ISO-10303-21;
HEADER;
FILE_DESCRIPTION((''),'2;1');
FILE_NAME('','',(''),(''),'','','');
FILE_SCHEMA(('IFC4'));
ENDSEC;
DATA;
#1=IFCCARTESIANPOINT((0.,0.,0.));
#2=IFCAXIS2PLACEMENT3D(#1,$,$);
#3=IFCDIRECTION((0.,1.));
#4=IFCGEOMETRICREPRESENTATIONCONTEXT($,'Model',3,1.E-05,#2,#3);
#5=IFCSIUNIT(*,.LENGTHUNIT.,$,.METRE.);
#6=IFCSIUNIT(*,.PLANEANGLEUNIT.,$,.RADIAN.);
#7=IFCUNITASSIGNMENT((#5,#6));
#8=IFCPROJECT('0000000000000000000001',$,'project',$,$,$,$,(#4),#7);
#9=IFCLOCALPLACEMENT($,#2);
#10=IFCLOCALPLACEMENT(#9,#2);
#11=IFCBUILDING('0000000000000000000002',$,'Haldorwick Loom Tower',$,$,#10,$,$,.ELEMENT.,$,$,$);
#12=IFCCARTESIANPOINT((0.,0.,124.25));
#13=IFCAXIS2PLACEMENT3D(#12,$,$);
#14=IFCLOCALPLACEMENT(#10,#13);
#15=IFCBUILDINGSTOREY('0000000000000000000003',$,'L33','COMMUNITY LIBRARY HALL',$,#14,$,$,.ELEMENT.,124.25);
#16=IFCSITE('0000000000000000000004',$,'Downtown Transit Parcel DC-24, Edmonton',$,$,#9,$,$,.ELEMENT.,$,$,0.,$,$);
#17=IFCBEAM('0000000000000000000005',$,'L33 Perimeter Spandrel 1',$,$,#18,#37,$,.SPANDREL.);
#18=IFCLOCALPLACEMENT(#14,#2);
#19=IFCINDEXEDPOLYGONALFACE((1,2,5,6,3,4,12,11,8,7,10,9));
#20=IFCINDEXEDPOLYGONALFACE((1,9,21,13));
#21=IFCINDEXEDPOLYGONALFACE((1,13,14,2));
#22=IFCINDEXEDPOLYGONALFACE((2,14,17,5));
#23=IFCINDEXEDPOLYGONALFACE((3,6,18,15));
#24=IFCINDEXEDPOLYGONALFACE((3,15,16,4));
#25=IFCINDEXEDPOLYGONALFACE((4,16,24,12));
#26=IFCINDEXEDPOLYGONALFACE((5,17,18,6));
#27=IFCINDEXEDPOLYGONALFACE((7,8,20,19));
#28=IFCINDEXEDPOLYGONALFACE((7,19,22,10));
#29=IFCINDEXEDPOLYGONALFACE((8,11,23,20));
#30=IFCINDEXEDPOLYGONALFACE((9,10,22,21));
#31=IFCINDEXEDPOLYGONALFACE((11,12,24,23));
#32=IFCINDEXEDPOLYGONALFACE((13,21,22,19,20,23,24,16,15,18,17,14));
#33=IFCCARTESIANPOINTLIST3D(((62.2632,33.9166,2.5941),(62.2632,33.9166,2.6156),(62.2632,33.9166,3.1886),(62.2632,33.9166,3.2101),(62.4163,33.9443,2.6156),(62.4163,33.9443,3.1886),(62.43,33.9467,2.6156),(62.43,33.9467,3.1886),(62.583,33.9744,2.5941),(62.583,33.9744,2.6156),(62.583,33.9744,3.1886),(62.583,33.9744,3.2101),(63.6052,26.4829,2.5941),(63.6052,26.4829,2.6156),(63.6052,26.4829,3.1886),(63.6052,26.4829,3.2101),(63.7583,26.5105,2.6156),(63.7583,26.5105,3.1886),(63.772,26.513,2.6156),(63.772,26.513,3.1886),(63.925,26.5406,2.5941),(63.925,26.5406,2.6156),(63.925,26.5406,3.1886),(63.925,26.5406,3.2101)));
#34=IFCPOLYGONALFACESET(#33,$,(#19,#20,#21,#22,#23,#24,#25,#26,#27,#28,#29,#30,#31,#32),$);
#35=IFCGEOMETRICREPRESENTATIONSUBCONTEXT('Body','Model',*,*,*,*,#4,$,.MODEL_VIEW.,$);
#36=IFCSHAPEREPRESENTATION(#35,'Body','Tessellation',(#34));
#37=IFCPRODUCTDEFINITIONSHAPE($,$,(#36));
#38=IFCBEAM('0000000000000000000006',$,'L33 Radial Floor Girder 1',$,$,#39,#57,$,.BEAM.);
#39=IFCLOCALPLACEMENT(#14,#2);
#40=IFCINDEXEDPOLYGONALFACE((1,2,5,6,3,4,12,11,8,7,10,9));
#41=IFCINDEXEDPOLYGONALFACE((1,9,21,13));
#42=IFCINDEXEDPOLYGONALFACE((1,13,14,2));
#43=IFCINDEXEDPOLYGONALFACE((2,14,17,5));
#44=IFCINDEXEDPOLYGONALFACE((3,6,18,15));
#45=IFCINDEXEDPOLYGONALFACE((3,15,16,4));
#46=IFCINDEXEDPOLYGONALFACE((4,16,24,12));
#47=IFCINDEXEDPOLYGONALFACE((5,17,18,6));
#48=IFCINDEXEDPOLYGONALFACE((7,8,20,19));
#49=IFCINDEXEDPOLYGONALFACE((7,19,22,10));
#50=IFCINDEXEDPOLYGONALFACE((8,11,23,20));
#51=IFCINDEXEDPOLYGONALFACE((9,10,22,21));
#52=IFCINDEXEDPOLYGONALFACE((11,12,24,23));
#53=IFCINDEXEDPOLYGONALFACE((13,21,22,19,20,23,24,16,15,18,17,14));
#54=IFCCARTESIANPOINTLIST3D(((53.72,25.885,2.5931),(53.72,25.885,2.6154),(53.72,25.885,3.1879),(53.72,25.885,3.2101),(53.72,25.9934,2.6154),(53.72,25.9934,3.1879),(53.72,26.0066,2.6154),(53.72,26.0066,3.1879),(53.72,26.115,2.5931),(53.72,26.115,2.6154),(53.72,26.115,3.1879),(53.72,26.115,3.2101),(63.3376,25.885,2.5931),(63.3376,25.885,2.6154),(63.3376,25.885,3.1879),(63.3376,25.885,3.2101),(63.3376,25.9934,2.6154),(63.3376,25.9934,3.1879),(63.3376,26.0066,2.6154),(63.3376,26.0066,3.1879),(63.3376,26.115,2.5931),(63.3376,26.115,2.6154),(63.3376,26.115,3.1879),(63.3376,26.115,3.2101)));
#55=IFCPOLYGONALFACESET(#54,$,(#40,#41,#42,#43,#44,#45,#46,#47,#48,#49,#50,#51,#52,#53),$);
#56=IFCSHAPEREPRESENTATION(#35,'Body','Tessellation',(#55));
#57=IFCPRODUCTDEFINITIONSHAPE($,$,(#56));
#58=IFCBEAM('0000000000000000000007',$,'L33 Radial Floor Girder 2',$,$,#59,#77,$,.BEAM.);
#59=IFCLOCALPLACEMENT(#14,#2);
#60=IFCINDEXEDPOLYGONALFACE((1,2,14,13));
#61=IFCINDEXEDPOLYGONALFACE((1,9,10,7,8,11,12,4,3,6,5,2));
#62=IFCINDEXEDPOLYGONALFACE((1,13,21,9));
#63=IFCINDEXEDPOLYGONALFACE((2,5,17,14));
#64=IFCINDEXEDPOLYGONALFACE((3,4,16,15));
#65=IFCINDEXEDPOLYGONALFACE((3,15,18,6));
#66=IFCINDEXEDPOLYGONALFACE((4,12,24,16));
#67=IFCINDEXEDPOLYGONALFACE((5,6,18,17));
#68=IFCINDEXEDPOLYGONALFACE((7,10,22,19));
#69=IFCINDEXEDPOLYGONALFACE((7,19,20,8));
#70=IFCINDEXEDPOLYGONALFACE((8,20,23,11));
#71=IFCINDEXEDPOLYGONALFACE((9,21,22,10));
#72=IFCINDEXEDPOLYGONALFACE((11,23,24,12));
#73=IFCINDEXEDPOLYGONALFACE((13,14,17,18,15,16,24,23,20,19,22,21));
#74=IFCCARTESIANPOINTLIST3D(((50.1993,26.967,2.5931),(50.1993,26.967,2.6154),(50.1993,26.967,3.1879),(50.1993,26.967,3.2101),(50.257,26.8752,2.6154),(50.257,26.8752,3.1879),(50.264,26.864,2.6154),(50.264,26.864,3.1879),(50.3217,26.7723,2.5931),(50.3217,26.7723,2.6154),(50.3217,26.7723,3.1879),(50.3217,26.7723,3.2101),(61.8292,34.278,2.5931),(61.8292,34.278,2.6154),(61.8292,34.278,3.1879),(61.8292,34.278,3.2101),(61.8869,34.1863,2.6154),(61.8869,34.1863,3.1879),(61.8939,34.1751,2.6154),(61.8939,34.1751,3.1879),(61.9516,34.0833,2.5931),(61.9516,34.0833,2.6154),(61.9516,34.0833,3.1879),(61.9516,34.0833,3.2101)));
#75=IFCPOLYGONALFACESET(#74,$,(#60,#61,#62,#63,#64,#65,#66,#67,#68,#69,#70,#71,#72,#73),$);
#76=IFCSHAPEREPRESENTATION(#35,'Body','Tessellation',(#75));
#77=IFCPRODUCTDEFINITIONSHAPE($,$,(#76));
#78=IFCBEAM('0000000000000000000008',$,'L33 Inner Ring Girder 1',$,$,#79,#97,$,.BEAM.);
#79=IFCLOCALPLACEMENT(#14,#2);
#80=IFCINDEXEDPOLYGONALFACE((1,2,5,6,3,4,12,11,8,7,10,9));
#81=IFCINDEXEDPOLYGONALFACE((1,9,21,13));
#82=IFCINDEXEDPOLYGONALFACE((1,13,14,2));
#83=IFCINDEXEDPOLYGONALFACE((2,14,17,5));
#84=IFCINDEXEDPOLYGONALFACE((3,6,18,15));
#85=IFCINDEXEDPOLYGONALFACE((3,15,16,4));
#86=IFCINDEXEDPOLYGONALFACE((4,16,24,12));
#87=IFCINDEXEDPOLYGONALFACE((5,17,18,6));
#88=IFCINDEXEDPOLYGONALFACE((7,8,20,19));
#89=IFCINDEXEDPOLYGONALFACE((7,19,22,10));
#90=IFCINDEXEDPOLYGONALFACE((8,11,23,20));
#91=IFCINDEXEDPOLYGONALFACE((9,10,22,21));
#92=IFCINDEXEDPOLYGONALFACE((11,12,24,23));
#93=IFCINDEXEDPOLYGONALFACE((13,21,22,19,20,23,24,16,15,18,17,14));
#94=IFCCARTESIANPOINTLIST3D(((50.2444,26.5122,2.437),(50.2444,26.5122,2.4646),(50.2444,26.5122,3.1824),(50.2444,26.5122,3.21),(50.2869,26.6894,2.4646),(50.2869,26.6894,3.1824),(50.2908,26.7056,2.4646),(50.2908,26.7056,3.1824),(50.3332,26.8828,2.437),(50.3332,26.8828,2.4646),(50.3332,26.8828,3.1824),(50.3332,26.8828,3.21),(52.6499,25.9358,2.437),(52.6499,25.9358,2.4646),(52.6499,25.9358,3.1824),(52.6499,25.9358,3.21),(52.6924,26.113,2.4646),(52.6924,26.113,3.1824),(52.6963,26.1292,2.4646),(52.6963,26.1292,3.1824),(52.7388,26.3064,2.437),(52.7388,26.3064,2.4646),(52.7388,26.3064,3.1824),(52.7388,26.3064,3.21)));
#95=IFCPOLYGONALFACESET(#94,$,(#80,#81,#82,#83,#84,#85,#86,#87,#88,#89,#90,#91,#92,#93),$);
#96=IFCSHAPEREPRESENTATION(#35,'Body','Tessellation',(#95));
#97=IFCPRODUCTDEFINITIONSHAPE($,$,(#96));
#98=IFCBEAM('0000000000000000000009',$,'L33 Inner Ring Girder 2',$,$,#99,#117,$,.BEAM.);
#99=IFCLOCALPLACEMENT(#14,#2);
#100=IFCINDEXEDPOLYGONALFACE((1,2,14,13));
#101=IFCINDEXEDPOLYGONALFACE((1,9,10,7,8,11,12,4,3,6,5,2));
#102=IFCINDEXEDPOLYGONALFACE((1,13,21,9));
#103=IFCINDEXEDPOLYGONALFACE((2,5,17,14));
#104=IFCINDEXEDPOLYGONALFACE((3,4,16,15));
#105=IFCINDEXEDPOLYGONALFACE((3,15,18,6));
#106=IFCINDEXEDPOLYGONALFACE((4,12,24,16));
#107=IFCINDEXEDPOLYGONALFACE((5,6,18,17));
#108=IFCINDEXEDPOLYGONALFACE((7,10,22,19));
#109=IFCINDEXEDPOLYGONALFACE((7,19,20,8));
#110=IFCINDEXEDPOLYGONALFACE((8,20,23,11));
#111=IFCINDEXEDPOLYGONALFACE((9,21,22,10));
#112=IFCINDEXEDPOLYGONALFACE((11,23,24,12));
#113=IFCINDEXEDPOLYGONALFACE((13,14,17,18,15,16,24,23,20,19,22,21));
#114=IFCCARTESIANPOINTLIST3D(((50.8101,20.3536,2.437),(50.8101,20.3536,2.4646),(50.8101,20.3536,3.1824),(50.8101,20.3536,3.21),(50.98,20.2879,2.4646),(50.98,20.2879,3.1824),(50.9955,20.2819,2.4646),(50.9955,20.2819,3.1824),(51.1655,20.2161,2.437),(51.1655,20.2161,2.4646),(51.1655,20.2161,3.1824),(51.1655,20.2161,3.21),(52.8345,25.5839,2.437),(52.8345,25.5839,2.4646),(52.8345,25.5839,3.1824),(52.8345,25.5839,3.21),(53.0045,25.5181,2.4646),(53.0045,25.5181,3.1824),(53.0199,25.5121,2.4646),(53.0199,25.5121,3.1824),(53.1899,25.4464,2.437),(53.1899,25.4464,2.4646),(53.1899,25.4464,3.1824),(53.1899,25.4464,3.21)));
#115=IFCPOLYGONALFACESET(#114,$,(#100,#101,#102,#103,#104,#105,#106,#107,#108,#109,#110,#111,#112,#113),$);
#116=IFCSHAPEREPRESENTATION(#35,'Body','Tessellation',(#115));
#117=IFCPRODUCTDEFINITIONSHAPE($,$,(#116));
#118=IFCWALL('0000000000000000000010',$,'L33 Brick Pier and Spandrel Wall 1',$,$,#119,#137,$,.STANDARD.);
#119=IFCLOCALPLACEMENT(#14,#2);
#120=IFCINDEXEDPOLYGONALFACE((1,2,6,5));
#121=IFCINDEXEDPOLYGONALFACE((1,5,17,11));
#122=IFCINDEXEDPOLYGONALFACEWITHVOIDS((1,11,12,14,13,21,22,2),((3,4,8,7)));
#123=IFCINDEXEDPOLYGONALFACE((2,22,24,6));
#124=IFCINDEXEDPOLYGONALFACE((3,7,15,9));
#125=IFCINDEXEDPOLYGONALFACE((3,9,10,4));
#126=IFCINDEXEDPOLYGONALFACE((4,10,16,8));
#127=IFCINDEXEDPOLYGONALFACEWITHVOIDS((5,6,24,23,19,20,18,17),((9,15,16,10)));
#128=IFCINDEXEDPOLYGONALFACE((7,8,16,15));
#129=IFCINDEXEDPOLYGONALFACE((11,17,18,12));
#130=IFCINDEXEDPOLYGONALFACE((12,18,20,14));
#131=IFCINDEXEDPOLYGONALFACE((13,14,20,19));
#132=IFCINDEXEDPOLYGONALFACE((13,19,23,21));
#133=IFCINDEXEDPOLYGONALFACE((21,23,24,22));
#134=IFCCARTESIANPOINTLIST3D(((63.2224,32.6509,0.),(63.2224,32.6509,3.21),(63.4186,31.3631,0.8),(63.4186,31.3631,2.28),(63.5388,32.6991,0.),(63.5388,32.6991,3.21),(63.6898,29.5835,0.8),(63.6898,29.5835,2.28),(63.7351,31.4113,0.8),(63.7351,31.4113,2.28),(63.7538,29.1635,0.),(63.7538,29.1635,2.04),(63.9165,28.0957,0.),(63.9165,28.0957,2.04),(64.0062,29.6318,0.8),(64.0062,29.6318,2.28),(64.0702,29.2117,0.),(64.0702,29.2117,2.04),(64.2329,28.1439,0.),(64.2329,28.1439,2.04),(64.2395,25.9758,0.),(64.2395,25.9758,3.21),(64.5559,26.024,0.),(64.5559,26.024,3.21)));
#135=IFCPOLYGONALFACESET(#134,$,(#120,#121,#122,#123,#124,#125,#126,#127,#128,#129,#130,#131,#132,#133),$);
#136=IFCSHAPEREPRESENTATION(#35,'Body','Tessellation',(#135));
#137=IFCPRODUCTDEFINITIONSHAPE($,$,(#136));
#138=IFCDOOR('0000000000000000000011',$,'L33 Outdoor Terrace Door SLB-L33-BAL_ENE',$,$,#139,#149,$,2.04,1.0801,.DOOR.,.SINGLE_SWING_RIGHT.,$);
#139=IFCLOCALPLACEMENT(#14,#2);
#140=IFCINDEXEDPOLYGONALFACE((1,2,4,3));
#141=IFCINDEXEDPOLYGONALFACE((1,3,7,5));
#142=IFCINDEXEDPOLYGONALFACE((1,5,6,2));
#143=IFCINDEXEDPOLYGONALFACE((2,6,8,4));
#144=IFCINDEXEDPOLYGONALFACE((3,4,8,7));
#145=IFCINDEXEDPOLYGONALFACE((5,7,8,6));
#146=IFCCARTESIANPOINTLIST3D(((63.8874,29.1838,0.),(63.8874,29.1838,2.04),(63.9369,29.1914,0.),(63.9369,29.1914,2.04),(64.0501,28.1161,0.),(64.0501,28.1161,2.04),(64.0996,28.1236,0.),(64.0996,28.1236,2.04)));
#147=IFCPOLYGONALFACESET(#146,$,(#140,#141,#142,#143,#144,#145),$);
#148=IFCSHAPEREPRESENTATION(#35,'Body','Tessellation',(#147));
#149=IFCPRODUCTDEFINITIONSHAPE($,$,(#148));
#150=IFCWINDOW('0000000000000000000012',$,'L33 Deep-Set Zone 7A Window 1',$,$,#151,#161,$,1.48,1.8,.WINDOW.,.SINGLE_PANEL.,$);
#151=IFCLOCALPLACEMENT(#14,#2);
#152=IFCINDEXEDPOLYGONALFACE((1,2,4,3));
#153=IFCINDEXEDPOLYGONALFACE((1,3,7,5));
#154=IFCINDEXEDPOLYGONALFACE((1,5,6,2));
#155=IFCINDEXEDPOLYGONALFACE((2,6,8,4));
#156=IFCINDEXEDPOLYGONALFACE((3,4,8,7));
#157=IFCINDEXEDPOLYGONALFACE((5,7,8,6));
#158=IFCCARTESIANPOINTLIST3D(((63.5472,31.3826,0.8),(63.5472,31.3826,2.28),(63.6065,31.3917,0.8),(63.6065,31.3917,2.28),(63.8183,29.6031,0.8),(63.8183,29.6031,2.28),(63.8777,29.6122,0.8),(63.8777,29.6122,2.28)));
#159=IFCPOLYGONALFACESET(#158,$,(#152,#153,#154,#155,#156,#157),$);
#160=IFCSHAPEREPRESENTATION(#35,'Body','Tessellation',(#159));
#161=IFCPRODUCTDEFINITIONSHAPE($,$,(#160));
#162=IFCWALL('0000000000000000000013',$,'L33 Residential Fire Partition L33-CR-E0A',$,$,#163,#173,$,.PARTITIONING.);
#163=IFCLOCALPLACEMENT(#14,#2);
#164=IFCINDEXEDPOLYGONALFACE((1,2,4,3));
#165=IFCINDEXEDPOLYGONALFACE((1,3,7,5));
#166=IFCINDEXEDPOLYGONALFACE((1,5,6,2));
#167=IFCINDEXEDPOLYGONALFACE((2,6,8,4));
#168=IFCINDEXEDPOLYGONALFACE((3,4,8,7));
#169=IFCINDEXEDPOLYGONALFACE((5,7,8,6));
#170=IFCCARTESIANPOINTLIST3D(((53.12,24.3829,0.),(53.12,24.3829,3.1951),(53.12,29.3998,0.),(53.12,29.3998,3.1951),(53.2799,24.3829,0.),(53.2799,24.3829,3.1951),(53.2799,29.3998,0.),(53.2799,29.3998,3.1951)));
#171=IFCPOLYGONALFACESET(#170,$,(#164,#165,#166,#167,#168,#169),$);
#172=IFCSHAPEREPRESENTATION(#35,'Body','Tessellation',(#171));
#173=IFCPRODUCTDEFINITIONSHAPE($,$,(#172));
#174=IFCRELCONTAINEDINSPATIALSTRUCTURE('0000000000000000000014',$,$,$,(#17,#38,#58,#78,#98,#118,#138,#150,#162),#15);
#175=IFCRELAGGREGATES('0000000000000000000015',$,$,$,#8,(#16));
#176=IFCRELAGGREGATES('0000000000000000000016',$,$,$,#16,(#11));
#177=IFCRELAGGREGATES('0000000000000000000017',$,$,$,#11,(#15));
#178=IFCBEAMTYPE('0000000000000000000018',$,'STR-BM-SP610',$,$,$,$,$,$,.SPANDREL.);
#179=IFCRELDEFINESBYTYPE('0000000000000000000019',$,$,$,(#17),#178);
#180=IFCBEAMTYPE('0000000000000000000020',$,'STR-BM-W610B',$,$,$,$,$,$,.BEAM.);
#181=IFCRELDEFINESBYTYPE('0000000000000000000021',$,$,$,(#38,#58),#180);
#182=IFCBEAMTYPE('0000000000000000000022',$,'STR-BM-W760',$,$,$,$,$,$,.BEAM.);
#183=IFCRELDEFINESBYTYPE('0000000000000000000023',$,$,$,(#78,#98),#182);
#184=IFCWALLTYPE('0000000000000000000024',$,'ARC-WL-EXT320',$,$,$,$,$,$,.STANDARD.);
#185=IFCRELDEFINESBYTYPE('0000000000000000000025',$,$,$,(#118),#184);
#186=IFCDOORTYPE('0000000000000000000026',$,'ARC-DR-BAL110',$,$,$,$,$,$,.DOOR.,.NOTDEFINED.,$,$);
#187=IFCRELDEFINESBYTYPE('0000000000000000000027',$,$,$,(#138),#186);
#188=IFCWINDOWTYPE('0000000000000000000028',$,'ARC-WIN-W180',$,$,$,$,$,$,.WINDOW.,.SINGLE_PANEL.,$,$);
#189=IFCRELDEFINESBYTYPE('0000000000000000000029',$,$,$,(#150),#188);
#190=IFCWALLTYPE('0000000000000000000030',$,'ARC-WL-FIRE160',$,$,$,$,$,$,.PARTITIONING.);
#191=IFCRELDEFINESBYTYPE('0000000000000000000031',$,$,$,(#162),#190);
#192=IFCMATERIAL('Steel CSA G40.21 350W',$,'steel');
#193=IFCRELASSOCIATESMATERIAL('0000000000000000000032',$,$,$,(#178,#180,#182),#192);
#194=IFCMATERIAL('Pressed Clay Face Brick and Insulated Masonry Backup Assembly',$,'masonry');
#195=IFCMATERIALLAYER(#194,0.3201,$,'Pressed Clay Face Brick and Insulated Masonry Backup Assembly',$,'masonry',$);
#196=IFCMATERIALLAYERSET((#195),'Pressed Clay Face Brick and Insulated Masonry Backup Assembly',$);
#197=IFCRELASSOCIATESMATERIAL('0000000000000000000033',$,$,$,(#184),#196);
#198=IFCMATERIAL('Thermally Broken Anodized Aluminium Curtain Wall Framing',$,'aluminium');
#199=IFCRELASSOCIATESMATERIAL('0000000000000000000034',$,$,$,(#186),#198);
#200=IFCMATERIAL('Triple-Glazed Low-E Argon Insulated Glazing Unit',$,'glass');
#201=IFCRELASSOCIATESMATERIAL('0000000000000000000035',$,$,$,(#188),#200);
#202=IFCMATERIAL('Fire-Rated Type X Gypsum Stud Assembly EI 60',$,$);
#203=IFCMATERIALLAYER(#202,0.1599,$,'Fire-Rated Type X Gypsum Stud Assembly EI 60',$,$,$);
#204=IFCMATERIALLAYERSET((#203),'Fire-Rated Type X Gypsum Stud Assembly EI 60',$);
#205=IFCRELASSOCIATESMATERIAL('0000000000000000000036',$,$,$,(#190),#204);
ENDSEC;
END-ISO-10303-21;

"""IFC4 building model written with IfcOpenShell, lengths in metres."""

from ifc_helpers import new_model, si_unit, direction, frame, frame_2d, origin, origin_2d, place, context, subcontext, project, spatial, rectangle, i_section, extrude, material, layer, layer_set, material_profile, profile_set, type_object, element, fill, save


model = new_model("IFC4")

# Units and contexts
model_context = context("Model", 3, precision=1e-05, world=origin(), true_north=direction((0.0, 1.0)))
body_context = subcontext(model_context, "Body", "Model", "MODEL_VIEW")
ifc_project = project(units=[si_unit("LENGTHUNIT", "METRE"), si_unit("PLANEANGLEUNIT", "RADIAN")], contexts=[model_context])

# Site, building, storey
site_placement = place(None, origin())
site = spatial("IfcSite", under=ifc_project, at=site_placement, Name="Downtown Transit Parcel DC-24, Edmonton", CompositionType="ELEMENT", RefElevation=0.0)
building_placement = place(site_placement, origin())
building = spatial("IfcBuilding", under=site, at=building_placement, Name="Haldorwick Loom Tower", CompositionType="ELEMENT")
storey_placement = place(building_placement, frame((0.0, 0.0, 124.25)))
storey = spatial("IfcBuildingStorey", under=building, at=storey_placement, Name="L33", Description="COMMUNITY LIBRARY HALL", CompositionType="ELEMENT", Elevation=124.25)

# Beams
ifc_material_1 = material(Name="Steel CSA G40.21 350W", Category="steel")
ifc_material_profile_1 = material_profile(ifc_material_1, i_section(OverallWidth=0.325, OverallDepth=0.616, WebThickness=0.0139, FlangeThickness=0.0215, at=origin_2d()), Name="W610X174", Category="steel")
ifc_profile_set_1 = profile_set([ifc_material_profile_1], Name="Steel CSA G40.21 350W")
beam_type_1 = type_object("IfcBeamType", Name="STR-BM-SP610", PredefinedType="SPANDREL", material=ifc_profile_set_1)
beam_1_placement = place(storey_placement, frame((63.7651, 26.5117, 2.9021), z_axis=(-0.177659, 0.984092, 0.0), x_axis=(-0.984092, -0.177659, 0.0)))
element("IfcBeam", 1, at=beam_1_placement, inside=storey, type_object=beam_type_1, Name="L33 Perimeter Spandrel 1", PredefinedType="SPANDREL", context=body_context, shape_type="SweptSolid", body=[
    extrude(i_section(OverallWidth=0.325, OverallDepth=0.616, WebThickness=0.0139, FlangeThickness=0.0215, at=origin_2d()), origin(), (0.0, 0.0, 1.0), 7.554),
])
ifc_material_profile_2 = material_profile(ifc_material_1, i_section(OverallWidth=0.23, OverallDepth=0.6169, WebThickness=0.0132, FlangeThickness=0.0222, at=origin_2d()), Name="W610X140", Category="steel")
ifc_profile_set_2 = profile_set([ifc_material_profile_2], Name="Steel CSA G40.21 350W")
beam_type_2 = type_object("IfcBeamType", Name="STR-BM-W610B", PredefinedType="BEAM", material=ifc_profile_set_2)
beam_2_placement = place(storey_placement, frame((53.72, 26.0, 2.9016), z_axis=(1.0, 0.0, 0.0), x_axis=(0.0, 1.0, 0.0)))
element("IfcBeam", 2, at=beam_2_placement, inside=storey, type_object=beam_type_2, Name="L33 Radial Floor Girder 1", PredefinedType="BEAM", context=body_context, shape_type="SweptSolid", body=[
    extrude(i_section(OverallWidth=0.23, OverallDepth=0.6169, WebThickness=0.0132, FlangeThickness=0.0222, at=origin_2d()), origin(), (0.0, 0.0, 1.0), 9.6177),
])
beam_3_placement = place(storey_placement, frame((50.2605, 26.8696, 2.9016), z_axis=(0.84661, 0.532214, 0.0), x_axis=(-0.532214, 0.84661, 0.0)))
element("IfcBeam", 3, at=beam_3_placement, inside=storey, type_object=beam_type_2, Name="L33 Radial Floor Girder 2", PredefinedType="BEAM", context=body_context, shape_type="SweptSolid", body=[
    extrude(i_section(OverallWidth=0.23, OverallDepth=0.6169, WebThickness=0.0132, FlangeThickness=0.0222, at=origin_2d()), origin(), (0.0, 0.0, 1.0), 13.7371),
])
ifc_material_profile_3 = material_profile(ifc_material_1, i_section(OverallWidth=0.3811, OverallDepth=0.7729, WebThickness=0.0166, FlangeThickness=0.0276, at=origin_2d()), Name="W760X257", Category="steel")
ifc_profile_set_3 = profile_set([ifc_material_profile_3], Name="Steel CSA G40.21 350W")
beam_type_3 = type_object("IfcBeamType", Name="STR-BM-W760", PredefinedType="BEAM", material=ifc_profile_set_3)
beam_4_placement = place(storey_placement, frame((50.2888, 26.6975, 2.8235), z_axis=(0.972471, -0.233026, 0.0), x_axis=(0.233026, 0.972471, 0.0)))
element("IfcBeam", 4, at=beam_4_placement, inside=storey, type_object=beam_type_3, Name="L33 Inner Ring Girder 1", PredefinedType="BEAM", context=body_context, shape_type="SweptSolid", body=[
    extrude(i_section(OverallWidth=0.3811, OverallDepth=0.7729, WebThickness=0.0166, FlangeThickness=0.0276, at=origin_2d()), origin(), (0.0, 0.0, 1.0), 2.4736),
])
beam_5_placement = place(storey_placement, frame((53.0122, 25.5151, 2.8235), z_axis=(-0.360965, -0.932579, 0.0), x_axis=(0.932579, -0.360965, 0.0)))
element("IfcBeam", 5, at=beam_5_placement, inside=storey, type_object=beam_type_3, Name="L33 Inner Ring Girder 2", PredefinedType="BEAM", context=body_context, shape_type="SweptSolid", body=[
    extrude(i_section(OverallWidth=0.3811, OverallDepth=0.7729, WebThickness=0.0166, FlangeThickness=0.0276, at=origin_2d()), origin(), (0.0, 0.0, 1.0), 5.6084),
])

# Wall, openings, door, window
ifc_material_2 = material(Name="Pressed Clay Face Brick and Insulated Masonry Backup Assembly", Category="masonry")
ifc_layer_1 = layer(ifc_material_2, 0.3201, Name="Pressed Clay Face Brick and Insulated Masonry Backup Assembly", Category="masonry")
ifc_layer_set_1 = layer_set([ifc_layer_1], Name="Pressed Clay Face Brick and Insulated Masonry Backup Assembly")
wall_type_1 = type_object("IfcWallType", Name="ARC-WL-EXT320", PredefinedType="STANDARD", material=ifc_layer_set_1)
wall_1_placement = place(storey_placement, frame((64.3977, 26.0, 0.0), z_axis=(0.0, 0.0, 1.0), x_axis=(-0.150633, 0.98859, 0.0)))
wall_1 = element("IfcWall", 6, at=wall_1_placement, inside=storey, type_object=wall_type_1, Name="L33 Brick Pier and Spandrel Wall 1", PredefinedType="STANDARD", context=body_context, shape_type="SweptSolid", body=[
    extrude(rectangle(XDim=6.7522, YDim=0.3201, at=frame_2d((3.376, 0.0))), origin(), (0.0, 0.0, 1.0), 3.21),
])
opening_1_placement = place(wall_1_placement, frame((2.1443, 0.0, 0.0)))
opening_1 = element("IfcOpeningElement", 7, at=opening_1_placement, cuts=wall_1, PredefinedType="OPENING", context=body_context, shape_type="SweptSolid", body=[
    extrude(rectangle(XDim=1.0801, YDim=2.04, at=frame_2d((0.54, 1.02))), frame((0.0, 0.1699, 0.0), z_axis=(0.0, -1.0, 0.0), x_axis=(1.0, 0.0, 0.0)), (0.0, 0.0, 1.0), 0.3401),
])
opening_2_placement = place(wall_1_placement, frame((3.6494, 0.0, 0.8)))
opening_2 = element("IfcOpeningElement", 8, at=opening_2_placement, cuts=wall_1, PredefinedType="OPENING", context=body_context, shape_type="SweptSolid", body=[
    extrude(rectangle(XDim=1.8, YDim=1.48, at=frame_2d((0.8999, 0.74))), frame((0.0, 0.1699, 0.0), z_axis=(0.0, -1.0, 0.0), x_axis=(1.0, 0.0, 0.0)), (0.0, 0.0, 1.0), 0.3401),
])
ifc_material_3 = material(Name="Thermally Broken Anodized Aluminium Curtain Wall Framing", Category="aluminium")
door_type_1 = type_object("IfcDoorType", Name="ARC-DR-BAL110", OperationType="NOTDEFINED", PredefinedType="DOOR", material=ifc_material_3)
door_1_placement = place(opening_1_placement, origin())
door_1 = element("IfcDoor", 9, at=door_1_placement, inside=storey, type_object=door_type_1, Name="L33 Outdoor Terrace Door SLB-L33-BAL_ENE", OperationType="SINGLE_SWING_RIGHT", OverallHeight=2.04, OverallWidth=1.0801, PredefinedType="DOOR", context=body_context, shape_type="SweptSolid", body=[
    extrude(rectangle(XDim=1.0801, YDim=2.04, at=frame_2d((0.54, 1.02))), frame((0.0, 0.0249, 0.0), z_axis=(0.0, -1.0, 0.0), x_axis=(1.0, 0.0, 0.0)), (0.0, 0.0, 1.0), 0.05),
])
fill(opening_1, door_1)
ifc_material_4 = material(Name="Triple-Glazed Low-E Argon Insulated Glazing Unit", Category="glass")
window_type = type_object("IfcWindowType", Name="ARC-WIN-W180", PartitioningType="SINGLE_PANEL", PredefinedType="WINDOW", material=ifc_material_4)
window_placement = place(opening_2_placement, origin())
window = element("IfcWindow", 10, at=window_placement, inside=storey, type_object=window_type, Name="L33 Deep-Set Zone 7A Window 1", OverallHeight=1.48, OverallWidth=1.8, PartitioningType="SINGLE_PANEL", PredefinedType="WINDOW", context=body_context, shape_type="SweptSolid", body=[
    extrude(rectangle(XDim=1.8, YDim=1.48, at=frame_2d((0.8999, 0.74))), frame((0.0, 0.03, 0.0), z_axis=(0.0, -1.0, 0.0), x_axis=(1.0, 0.0, 0.0)), (0.0, 0.0, 1.0), 0.0601),
])
fill(opening_2, window)

# Wall
ifc_material_5 = material(Name="Fire-Rated Type X Gypsum Stud Assembly EI 60")
ifc_layer_2 = layer(ifc_material_5, 0.1599, Name="Fire-Rated Type X Gypsum Stud Assembly EI 60")
ifc_layer_set_2 = layer_set([ifc_layer_2], Name="Fire-Rated Type X Gypsum Stud Assembly EI 60")
wall_type_2 = type_object("IfcWallType", Name="ARC-WL-FIRE160", PredefinedType="PARTITIONING", material=ifc_layer_set_2)
wall_2_placement = place(storey_placement, frame((53.2, 24.3831, 0.0), z_axis=(0.0, 0.0, 1.0), x_axis=(0.0, 1.0, 0.0)))
element("IfcWall", 11, at=wall_2_placement, inside=storey, type_object=wall_type_2, Name="L33 Residential Fire Partition L33-CR-E0A", PredefinedType="PARTITIONING", context=body_context, shape_type="SweptSolid", body=[
    extrude(rectangle(XDim=5.0168, YDim=0.1599, at=frame_2d((2.5083, 0.0))), origin(), (0.0, 0.0, 1.0), 3.1951),
])

save(model, "model.ifc")
